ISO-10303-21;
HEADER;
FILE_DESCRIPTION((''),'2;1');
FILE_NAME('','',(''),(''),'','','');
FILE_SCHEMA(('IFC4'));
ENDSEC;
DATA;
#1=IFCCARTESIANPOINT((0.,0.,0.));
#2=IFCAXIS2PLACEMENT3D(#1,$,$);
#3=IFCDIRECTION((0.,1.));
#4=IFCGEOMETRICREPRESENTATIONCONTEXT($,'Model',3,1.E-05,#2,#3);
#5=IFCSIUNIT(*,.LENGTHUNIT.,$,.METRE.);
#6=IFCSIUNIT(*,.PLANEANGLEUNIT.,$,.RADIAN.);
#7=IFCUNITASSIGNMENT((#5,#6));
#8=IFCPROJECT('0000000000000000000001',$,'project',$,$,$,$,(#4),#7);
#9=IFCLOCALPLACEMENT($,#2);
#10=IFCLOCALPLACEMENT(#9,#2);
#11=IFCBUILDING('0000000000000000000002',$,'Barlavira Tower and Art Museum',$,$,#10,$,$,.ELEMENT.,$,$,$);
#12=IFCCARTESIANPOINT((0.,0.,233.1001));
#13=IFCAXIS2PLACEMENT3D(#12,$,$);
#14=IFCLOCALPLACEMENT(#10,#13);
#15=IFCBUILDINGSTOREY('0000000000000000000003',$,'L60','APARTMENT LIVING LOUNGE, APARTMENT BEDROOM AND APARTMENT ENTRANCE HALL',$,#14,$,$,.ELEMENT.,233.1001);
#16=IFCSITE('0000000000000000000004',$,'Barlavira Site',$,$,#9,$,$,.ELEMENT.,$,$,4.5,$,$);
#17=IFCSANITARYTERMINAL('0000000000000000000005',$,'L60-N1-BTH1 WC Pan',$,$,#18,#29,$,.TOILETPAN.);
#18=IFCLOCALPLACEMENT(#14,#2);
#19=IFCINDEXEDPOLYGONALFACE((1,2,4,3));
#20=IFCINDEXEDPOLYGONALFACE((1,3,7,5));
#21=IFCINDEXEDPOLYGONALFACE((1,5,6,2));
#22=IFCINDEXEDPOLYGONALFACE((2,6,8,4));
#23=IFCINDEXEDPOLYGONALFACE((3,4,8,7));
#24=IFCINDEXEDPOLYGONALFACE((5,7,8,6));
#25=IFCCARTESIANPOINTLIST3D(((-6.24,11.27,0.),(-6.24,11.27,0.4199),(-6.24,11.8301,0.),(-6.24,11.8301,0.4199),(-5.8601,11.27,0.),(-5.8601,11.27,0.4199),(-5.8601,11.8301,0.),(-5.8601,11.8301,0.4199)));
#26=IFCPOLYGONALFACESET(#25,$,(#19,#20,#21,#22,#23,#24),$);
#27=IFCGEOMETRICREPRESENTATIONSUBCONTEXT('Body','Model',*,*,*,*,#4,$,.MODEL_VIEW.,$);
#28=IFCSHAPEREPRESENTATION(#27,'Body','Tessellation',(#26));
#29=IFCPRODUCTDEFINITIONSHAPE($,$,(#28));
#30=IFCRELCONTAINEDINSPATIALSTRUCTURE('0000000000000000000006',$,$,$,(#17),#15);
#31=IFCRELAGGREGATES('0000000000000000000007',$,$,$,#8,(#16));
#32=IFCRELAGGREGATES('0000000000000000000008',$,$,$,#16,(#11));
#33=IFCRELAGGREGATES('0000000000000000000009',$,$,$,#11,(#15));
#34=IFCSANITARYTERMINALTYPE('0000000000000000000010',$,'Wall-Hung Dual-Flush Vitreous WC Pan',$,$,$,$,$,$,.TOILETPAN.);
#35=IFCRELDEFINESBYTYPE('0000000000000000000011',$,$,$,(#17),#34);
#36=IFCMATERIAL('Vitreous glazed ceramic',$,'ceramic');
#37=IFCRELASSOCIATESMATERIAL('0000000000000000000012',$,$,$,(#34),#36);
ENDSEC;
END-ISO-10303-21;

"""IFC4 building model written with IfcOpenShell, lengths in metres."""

from ifc_helpers import new_model, si_unit, direction, frame, origin, origin_2d, place, context, subcontext, project, spatial, rectangle, extrude, material, type_object, element, save


model = new_model("IFC4")

# Units and contexts
model_context = context("Model", 3, precision=1e-05, world=origin(), true_north=direction((0.0, 1.0)))
body_context = subcontext(model_context, "Body", "Model", "MODEL_VIEW")
ifc_project = project(units=[si_unit("LENGTHUNIT", "METRE"), si_unit("PLANEANGLEUNIT", "RADIAN")], contexts=[model_context])

# Site, building, storey
site_placement = place(None, origin())
site = spatial("IfcSite", under=ifc_project, at=site_placement, Name="Barlavira Site", CompositionType="ELEMENT", RefElevation=4.5)
building_placement = place(site_placement, origin())
building = spatial("IfcBuilding", under=site, at=building_placement, Name="Barlavira Tower and Art Museum", CompositionType="ELEMENT")
storey_placement = place(building_placement, frame((0.0, 0.0, 233.1001)))
storey = spatial("IfcBuildingStorey", under=building, at=storey_placement, Name="L60", Description="APARTMENT LIVING LOUNGE, APARTMENT BEDROOM AND APARTMENT ENTRANCE HALL", CompositionType="ELEMENT", Elevation=233.1001)

# Sanitary terminal
ifc_material_1 = material(Name="Vitreous glazed ceramic", Category="ceramic")
sanitary_terminal_type_1 = type_object("IfcSanitaryTerminalType", Name="Wall-Hung Dual-Flush Vitreous WC Pan", PredefinedType="TOILETPAN", material=ifc_material_1)
sanitary_terminal_1_placement = place(storey_placement, frame((-6.05, 11.55, 0.0), z_axis=(0.0, 0.0, 1.0), x_axis=(1.0, 0.0, 0.0)))
element("IfcSanitaryTerminal", 1, at=sanitary_terminal_1_placement, inside=storey, type_object=sanitary_terminal_type_1, Name="L60-N1-BTH1 WC Pan", PredefinedType="TOILETPAN", context=body_context, shape_type="SweptSolid", body=[
    extrude(rectangle(XDim=0.3799, YDim=0.5601, at=origin_2d()), origin(), (0.0, 0.0, 1.0), 0.4199),
])

save(model, "model.ifc")
